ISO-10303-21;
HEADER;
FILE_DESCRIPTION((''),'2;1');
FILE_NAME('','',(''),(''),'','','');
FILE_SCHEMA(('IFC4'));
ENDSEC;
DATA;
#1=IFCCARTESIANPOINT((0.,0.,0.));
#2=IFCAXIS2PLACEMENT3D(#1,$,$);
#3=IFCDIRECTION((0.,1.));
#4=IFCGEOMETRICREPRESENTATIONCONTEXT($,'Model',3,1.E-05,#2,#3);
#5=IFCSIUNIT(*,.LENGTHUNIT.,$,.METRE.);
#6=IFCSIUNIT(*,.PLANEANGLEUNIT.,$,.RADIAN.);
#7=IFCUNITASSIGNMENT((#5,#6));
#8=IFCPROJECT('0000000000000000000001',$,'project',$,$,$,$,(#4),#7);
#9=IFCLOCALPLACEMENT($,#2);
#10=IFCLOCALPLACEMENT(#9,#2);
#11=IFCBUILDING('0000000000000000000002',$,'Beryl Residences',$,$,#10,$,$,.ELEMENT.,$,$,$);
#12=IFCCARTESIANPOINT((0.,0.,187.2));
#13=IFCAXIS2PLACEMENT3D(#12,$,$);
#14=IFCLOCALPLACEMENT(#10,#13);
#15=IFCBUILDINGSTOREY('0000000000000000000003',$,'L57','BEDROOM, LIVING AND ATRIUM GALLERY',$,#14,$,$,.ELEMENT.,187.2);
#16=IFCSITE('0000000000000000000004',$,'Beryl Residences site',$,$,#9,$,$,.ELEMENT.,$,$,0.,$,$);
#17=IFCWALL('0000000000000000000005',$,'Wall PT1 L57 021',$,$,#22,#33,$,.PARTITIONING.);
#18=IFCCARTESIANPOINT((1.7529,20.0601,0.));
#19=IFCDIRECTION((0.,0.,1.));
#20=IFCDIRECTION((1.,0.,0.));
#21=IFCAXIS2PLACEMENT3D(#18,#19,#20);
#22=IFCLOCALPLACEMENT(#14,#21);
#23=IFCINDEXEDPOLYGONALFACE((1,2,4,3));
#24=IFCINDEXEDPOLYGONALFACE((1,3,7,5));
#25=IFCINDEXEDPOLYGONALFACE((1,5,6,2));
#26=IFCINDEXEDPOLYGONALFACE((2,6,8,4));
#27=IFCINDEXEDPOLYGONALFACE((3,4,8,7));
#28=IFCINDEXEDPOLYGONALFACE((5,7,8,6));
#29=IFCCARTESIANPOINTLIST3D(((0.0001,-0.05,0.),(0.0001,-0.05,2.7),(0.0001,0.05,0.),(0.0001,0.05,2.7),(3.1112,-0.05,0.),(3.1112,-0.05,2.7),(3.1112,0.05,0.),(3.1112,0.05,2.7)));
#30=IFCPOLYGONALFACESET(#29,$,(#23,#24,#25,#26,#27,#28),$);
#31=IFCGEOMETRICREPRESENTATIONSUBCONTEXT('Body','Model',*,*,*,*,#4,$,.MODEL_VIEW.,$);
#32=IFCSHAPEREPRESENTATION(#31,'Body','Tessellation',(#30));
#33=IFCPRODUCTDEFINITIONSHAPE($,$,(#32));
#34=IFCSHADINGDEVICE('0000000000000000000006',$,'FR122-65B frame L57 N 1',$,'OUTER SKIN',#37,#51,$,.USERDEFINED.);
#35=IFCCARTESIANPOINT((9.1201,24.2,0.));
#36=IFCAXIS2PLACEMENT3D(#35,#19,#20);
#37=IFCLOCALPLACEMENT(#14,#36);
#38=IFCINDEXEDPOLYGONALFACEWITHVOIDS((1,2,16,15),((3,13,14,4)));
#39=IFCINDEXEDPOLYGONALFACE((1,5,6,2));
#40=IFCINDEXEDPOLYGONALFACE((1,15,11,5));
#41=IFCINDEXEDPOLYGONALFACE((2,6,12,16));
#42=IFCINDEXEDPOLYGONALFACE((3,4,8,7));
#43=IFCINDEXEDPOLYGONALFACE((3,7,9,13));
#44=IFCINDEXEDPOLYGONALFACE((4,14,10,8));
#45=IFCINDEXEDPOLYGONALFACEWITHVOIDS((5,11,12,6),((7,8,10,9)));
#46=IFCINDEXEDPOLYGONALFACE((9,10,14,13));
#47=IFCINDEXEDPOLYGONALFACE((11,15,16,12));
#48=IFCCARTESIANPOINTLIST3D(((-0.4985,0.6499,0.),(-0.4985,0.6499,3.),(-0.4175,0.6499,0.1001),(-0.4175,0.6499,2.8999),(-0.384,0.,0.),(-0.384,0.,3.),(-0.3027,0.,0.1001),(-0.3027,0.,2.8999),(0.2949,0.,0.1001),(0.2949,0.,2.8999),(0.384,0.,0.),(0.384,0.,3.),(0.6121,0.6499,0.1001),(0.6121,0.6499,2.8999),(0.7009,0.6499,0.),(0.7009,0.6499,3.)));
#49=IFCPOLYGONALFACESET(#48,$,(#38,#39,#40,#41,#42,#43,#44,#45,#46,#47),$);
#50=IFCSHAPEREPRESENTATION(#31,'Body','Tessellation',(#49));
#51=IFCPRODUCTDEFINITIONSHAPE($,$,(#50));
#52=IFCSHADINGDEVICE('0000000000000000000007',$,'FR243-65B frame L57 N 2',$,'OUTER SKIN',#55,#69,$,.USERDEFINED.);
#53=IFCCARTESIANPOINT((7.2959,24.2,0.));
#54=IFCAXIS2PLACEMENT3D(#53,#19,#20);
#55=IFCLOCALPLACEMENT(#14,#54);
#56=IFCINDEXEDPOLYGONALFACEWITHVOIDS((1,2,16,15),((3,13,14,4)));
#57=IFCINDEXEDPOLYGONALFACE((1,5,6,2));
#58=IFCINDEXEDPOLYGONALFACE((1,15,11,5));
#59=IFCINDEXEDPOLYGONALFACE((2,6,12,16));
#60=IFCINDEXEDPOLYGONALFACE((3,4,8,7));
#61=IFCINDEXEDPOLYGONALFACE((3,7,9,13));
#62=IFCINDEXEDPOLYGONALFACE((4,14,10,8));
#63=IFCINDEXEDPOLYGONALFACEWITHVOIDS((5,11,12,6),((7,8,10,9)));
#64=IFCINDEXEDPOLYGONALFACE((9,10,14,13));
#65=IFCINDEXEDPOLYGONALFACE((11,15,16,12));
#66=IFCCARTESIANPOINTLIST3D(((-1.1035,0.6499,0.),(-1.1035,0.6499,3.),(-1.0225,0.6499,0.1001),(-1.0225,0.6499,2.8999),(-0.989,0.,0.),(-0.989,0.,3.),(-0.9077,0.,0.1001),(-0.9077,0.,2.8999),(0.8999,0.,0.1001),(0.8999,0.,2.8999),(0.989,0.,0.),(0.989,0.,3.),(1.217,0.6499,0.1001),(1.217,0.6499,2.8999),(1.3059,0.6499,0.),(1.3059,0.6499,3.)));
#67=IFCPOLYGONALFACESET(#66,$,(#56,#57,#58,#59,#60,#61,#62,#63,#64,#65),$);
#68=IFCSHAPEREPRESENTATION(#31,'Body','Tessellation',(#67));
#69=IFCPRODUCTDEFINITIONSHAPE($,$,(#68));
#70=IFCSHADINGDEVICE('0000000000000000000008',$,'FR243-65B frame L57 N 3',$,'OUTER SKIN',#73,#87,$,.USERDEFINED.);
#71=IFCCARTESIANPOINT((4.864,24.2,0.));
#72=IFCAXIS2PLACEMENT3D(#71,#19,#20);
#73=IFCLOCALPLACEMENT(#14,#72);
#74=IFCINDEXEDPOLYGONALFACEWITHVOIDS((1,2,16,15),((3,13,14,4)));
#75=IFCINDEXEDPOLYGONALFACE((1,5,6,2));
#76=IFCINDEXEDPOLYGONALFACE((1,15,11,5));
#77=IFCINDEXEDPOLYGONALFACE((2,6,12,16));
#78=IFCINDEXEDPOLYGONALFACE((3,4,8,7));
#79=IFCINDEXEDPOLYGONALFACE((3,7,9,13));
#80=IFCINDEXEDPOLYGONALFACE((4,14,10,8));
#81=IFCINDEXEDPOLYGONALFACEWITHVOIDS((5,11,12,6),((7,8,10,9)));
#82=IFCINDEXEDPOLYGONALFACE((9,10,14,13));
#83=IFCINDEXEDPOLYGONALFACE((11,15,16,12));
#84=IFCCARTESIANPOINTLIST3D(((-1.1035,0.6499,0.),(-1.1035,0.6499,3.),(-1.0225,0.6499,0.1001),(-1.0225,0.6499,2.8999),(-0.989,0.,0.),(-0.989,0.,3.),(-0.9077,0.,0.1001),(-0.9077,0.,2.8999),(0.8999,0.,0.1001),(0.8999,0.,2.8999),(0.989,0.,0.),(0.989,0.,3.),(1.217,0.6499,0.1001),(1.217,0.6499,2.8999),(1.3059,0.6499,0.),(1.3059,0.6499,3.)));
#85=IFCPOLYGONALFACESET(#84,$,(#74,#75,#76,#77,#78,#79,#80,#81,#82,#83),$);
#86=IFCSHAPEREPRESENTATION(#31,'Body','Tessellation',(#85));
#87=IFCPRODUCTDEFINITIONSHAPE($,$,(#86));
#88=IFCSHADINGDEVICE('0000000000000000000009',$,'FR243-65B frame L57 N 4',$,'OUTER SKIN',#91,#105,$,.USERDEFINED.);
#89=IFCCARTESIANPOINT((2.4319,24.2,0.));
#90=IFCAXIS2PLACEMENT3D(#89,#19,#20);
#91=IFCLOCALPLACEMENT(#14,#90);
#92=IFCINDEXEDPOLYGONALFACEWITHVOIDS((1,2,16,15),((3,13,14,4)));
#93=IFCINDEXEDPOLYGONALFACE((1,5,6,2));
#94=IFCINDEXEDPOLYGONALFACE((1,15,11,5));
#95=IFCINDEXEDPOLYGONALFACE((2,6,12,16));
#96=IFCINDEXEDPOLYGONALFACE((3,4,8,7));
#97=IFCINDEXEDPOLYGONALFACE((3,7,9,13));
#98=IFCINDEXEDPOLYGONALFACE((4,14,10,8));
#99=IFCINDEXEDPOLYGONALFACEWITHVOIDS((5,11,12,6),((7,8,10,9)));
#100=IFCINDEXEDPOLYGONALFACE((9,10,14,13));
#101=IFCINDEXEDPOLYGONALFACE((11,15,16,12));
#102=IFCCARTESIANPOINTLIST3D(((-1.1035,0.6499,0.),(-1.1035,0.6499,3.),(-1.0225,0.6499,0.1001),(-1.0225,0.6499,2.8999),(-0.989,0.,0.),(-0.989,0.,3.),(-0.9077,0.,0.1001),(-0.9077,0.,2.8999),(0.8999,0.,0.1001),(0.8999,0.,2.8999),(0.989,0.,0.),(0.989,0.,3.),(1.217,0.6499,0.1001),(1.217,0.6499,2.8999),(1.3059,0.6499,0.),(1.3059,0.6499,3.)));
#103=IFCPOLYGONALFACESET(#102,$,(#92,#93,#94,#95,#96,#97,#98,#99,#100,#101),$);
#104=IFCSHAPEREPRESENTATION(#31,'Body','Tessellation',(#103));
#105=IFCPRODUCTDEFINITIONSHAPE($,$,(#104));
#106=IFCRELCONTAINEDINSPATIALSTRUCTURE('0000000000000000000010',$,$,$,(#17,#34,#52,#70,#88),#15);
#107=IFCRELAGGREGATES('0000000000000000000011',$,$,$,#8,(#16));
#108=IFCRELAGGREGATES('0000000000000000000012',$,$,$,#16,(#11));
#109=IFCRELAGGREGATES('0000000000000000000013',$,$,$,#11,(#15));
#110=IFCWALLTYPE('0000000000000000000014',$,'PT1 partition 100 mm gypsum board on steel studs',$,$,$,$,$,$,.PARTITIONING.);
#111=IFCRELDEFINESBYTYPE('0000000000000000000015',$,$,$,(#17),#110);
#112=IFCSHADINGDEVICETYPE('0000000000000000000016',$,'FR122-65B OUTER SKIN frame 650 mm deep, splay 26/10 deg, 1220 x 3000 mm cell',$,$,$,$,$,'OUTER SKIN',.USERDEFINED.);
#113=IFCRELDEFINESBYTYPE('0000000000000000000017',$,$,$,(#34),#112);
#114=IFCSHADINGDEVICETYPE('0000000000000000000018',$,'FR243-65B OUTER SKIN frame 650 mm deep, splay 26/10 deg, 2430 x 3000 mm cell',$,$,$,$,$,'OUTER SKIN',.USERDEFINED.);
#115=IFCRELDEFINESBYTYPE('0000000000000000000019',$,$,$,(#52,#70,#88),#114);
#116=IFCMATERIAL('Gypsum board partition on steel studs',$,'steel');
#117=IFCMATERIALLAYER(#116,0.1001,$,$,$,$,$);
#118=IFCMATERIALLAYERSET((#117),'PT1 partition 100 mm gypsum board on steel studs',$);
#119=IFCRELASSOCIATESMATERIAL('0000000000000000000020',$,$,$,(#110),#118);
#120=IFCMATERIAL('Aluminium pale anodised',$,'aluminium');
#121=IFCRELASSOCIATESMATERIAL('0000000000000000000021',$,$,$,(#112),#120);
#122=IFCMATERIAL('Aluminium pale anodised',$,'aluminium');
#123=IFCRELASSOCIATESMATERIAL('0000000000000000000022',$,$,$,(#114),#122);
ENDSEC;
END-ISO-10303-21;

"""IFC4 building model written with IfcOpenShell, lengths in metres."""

from ifc_helpers import new_model, entity, si_unit, direction, frame, frame_2d, origin, place, context, subcontext, project, spatial, rectangle, extrude, source, transform, mapped, material, layer, layer_set, type_object, type_shapes, element, save


model = new_model("IFC4")

# Units and contexts
model_context = context("Model", 3, precision=1e-05, world=origin(), true_north=direction((0.0, 1.0)))
body_context = subcontext(model_context, "Body", "Model", "MODEL_VIEW")
ifc_project = project(units=[si_unit("LENGTHUNIT", "METRE"), si_unit("PLANEANGLEUNIT", "RADIAN")], contexts=[model_context])

# Site, building, storey
site_placement = place(None, origin())
site = spatial("IfcSite", under=ifc_project, at=site_placement, Name="Beryl Residences site", CompositionType="ELEMENT", RefElevation=0.0)
building_placement = place(site_placement, origin())
building = spatial("IfcBuilding", under=site, at=building_placement, Name="Beryl Residences", CompositionType="ELEMENT")
storey_placement = place(building_placement, frame((0.0, 0.0, 187.2)))
storey = spatial("IfcBuildingStorey", under=building, at=storey_placement, Name="L57", Description="BEDROOM, LIVING AND ATRIUM GALLERY", CompositionType="ELEMENT", Elevation=187.2)

# Shared definitions
ifc_material_1 = material(Name="Gypsum board partition on steel studs", Category="steel")
ifc_layer_1 = layer(ifc_material_1, 0.1001)
ifc_layer_set_1 = layer_set([ifc_layer_1], Name="PT1 partition 100 mm gypsum board on steel studs")
wall_type_1 = type_object("IfcWallType", Name="PT1 partition 100 mm gypsum board on steel studs", PredefinedType="PARTITIONING", material=ifc_layer_set_1)

# Wall
wall_1_placement = place(storey_placement, frame((1.7529, 20.0601, 0.0), z_axis=(0.0, 0.0, 1.0), x_axis=(1.0, 0.0, 0.0)))
element("IfcWall", 1, at=wall_1_placement, inside=storey, type_object=wall_type_1, Name="Wall PT1 L57 021", PredefinedType="PARTITIONING", context=body_context, shape_type="SweptSolid", body=[
    extrude(rectangle(XDim=3.1111, YDim=0.1001, at=frame_2d((1.5557, 0.0))), origin(), (0.0, 0.0, 1.0), 2.7),
])

# Shading devices
ifc_material_2 = material(Name="Aluminium pale anodised", Category="aluminium")
shading_device_type_1 = type_object("IfcShadingDeviceType", Name="FR122-65B OUTER SKIN frame 650 mm deep, splay 26/10 deg, 1220 x 3000 mm cell", ElementType="OUTER SKIN", PredefinedType="USERDEFINED", material=ifc_material_2)
cartesian_point_1 = entity("IfcCartesianPoint", [-0.384, 0.0])
cartesian_point_2 = entity("IfcCartesianPoint", [-0.2949, 0.1001])
cartesian_point_3 = entity("IfcCartesianPoint", [-0.7009, 0.0])
cartesian_point_4 = entity("IfcCartesianPoint", [-0.6121, 0.1001])
shared_shape_1 = source(origin(), body_context, "Body", "SweptSolid", [
    entity("IfcExtrudedAreaSolidTapered", entity("IfcArbitraryProfileDefWithVoids", "AREA", None, entity("IfcPolyline", [cartesian_point_1, entity("IfcCartesianPoint", [0.384, 0.0]), entity("IfcCartesianPoint", [0.384, 3.0]), entity("IfcCartesianPoint", [-0.384, 3.0]), cartesian_point_1]), [entity("IfcPolyline", [cartesian_point_2, entity("IfcCartesianPoint", [0.3027, 0.1001]), entity("IfcCartesianPoint", [0.3027, 2.8999]), entity("IfcCartesianPoint", [-0.2949, 2.8999]), cartesian_point_2])]), entity("IfcAxis2Placement3D", entity("IfcCartesianPoint", [0.0, 0.0, 0.0]), entity("IfcDirection", [0.0, 1.0, 0.0]), entity("IfcDirection", [-1.0, 0.0, 0.0])), entity("IfcDirection", [0.0, 0.0, 1.0]), 0.6499, entity("IfcArbitraryProfileDefWithVoids", "AREA", None, entity("IfcPolyline", [cartesian_point_3, entity("IfcCartesianPoint", [0.4985, 0.0]), entity("IfcCartesianPoint", [0.4985, 3.0]), entity("IfcCartesianPoint", [-0.7009, 3.0]), cartesian_point_3]), [entity("IfcPolyline", [cartesian_point_4, entity("IfcCartesianPoint", [0.4175, 0.1001]), entity("IfcCartesianPoint", [0.4175, 2.8999]), entity("IfcCartesianPoint", [-0.6121, 2.8999]), cartesian_point_4])])),
])
type_shapes(shading_device_type_1, [shared_shape_1])
shading_device_placement = place(storey_placement, frame((9.1201, 24.2, 0.0), z_axis=(0.0, 0.0, 1.0), x_axis=(1.0, 0.0, 0.0)))
element("IfcShadingDevice", 2, at=shading_device_placement, inside=storey, type_object=shading_device_type_1, Name="FR122-65B frame L57 N 1", ObjectType="OUTER SKIN", PredefinedType="USERDEFINED", context=body_context, shape_type="MappedRepresentation", body=[
    mapped(shared_shape_1, transform((0.0, 0.0, 0.0))),
])
ifc_material_3 = material(Name="Aluminium pale anodised", Category="aluminium")
shading_device_type_2 = type_object("IfcShadingDeviceType", Name="FR243-65B OUTER SKIN frame 650 mm deep, splay 26/10 deg, 2430 x 3000 mm cell", ElementType="OUTER SKIN", PredefinedType="USERDEFINED", material=ifc_material_3)
cartesian_point_5 = entity("IfcCartesianPoint", [-0.989, 0.0])
cartesian_point_6 = entity("IfcCartesianPoint", [-0.8999, 0.1001])
cartesian_point_7 = entity("IfcCartesianPoint", [-1.3059, 0.0])
cartesian_point_8 = entity("IfcCartesianPoint", [-1.217, 0.1001])
shared_shape_2 = source(origin(), body_context, "Body", "SweptSolid", [
    entity("IfcExtrudedAreaSolidTapered", entity("IfcArbitraryProfileDefWithVoids", "AREA", None, entity("IfcPolyline", [cartesian_point_5, entity("IfcCartesianPoint", [0.989, 0.0]), entity("IfcCartesianPoint", [0.989, 3.0]), entity("IfcCartesianPoint", [-0.989, 3.0]), cartesian_point_5]), [entity("IfcPolyline", [cartesian_point_6, entity("IfcCartesianPoint", [0.9077, 0.1001]), entity("IfcCartesianPoint", [0.9077, 2.8999]), entity("IfcCartesianPoint", [-0.8999, 2.8999]), cartesian_point_6])]), entity("IfcAxis2Placement3D", entity("IfcCartesianPoint", [0.0, 0.0, 0.0]), entity("IfcDirection", [0.0, 1.0, 0.0]), entity("IfcDirection", [-1.0, 0.0, 0.0])), entity("IfcDirection", [0.0, 0.0, 1.0]), 0.6499, entity("IfcArbitraryProfileDefWithVoids", "AREA", None, entity("IfcPolyline", [cartesian_point_7, entity("IfcCartesianPoint", [1.1035, 0.0]), entity("IfcCartesianPoint", [1.1035, 3.0]), entity("IfcCartesianPoint", [-1.3059, 3.0]), cartesian_point_7]), [entity("IfcPolyline", [cartesian_point_8, entity("IfcCartesianPoint", [1.0225, 0.1001]), entity("IfcCartesianPoint", [1.0225, 2.8999]), entity("IfcCartesianPoint", [-1.217, 2.8999]), cartesian_point_8])])),
])
type_shapes(shading_device_type_2, [shared_shape_2])
for number, where, z_axis, x_axis, name in (
    (3, (7.2959, 24.2, 0.0), (0.0, 0.0, 1.0), (1.0, 0.0, 0.0), "FR243-65B frame L57 N 2"),
    (4, (4.864, 24.2, 0.0), (0.0, 0.0, 1.0), (1.0, 0.0, 0.0), "FR243-65B frame L57 N 3"),
    (5, (2.4319, 24.2, 0.0), (0.0, 0.0, 1.0), (1.0, 0.0, 0.0), "FR243-65B frame L57 N 4"),
):
    element("IfcShadingDevice", number, at=place(storey_placement, frame(where, z_axis=z_axis, x_axis=x_axis)), inside=storey, type_object=shading_device_type_2, Name=name, ObjectType="OUTER SKIN", PredefinedType="USERDEFINED", context=body_context, shape_type="MappedRepresentation", body=[
        mapped(shared_shape_2, transform((0.0, 0.0, 0.0))),
    ])

save(model, "model.ifc")
